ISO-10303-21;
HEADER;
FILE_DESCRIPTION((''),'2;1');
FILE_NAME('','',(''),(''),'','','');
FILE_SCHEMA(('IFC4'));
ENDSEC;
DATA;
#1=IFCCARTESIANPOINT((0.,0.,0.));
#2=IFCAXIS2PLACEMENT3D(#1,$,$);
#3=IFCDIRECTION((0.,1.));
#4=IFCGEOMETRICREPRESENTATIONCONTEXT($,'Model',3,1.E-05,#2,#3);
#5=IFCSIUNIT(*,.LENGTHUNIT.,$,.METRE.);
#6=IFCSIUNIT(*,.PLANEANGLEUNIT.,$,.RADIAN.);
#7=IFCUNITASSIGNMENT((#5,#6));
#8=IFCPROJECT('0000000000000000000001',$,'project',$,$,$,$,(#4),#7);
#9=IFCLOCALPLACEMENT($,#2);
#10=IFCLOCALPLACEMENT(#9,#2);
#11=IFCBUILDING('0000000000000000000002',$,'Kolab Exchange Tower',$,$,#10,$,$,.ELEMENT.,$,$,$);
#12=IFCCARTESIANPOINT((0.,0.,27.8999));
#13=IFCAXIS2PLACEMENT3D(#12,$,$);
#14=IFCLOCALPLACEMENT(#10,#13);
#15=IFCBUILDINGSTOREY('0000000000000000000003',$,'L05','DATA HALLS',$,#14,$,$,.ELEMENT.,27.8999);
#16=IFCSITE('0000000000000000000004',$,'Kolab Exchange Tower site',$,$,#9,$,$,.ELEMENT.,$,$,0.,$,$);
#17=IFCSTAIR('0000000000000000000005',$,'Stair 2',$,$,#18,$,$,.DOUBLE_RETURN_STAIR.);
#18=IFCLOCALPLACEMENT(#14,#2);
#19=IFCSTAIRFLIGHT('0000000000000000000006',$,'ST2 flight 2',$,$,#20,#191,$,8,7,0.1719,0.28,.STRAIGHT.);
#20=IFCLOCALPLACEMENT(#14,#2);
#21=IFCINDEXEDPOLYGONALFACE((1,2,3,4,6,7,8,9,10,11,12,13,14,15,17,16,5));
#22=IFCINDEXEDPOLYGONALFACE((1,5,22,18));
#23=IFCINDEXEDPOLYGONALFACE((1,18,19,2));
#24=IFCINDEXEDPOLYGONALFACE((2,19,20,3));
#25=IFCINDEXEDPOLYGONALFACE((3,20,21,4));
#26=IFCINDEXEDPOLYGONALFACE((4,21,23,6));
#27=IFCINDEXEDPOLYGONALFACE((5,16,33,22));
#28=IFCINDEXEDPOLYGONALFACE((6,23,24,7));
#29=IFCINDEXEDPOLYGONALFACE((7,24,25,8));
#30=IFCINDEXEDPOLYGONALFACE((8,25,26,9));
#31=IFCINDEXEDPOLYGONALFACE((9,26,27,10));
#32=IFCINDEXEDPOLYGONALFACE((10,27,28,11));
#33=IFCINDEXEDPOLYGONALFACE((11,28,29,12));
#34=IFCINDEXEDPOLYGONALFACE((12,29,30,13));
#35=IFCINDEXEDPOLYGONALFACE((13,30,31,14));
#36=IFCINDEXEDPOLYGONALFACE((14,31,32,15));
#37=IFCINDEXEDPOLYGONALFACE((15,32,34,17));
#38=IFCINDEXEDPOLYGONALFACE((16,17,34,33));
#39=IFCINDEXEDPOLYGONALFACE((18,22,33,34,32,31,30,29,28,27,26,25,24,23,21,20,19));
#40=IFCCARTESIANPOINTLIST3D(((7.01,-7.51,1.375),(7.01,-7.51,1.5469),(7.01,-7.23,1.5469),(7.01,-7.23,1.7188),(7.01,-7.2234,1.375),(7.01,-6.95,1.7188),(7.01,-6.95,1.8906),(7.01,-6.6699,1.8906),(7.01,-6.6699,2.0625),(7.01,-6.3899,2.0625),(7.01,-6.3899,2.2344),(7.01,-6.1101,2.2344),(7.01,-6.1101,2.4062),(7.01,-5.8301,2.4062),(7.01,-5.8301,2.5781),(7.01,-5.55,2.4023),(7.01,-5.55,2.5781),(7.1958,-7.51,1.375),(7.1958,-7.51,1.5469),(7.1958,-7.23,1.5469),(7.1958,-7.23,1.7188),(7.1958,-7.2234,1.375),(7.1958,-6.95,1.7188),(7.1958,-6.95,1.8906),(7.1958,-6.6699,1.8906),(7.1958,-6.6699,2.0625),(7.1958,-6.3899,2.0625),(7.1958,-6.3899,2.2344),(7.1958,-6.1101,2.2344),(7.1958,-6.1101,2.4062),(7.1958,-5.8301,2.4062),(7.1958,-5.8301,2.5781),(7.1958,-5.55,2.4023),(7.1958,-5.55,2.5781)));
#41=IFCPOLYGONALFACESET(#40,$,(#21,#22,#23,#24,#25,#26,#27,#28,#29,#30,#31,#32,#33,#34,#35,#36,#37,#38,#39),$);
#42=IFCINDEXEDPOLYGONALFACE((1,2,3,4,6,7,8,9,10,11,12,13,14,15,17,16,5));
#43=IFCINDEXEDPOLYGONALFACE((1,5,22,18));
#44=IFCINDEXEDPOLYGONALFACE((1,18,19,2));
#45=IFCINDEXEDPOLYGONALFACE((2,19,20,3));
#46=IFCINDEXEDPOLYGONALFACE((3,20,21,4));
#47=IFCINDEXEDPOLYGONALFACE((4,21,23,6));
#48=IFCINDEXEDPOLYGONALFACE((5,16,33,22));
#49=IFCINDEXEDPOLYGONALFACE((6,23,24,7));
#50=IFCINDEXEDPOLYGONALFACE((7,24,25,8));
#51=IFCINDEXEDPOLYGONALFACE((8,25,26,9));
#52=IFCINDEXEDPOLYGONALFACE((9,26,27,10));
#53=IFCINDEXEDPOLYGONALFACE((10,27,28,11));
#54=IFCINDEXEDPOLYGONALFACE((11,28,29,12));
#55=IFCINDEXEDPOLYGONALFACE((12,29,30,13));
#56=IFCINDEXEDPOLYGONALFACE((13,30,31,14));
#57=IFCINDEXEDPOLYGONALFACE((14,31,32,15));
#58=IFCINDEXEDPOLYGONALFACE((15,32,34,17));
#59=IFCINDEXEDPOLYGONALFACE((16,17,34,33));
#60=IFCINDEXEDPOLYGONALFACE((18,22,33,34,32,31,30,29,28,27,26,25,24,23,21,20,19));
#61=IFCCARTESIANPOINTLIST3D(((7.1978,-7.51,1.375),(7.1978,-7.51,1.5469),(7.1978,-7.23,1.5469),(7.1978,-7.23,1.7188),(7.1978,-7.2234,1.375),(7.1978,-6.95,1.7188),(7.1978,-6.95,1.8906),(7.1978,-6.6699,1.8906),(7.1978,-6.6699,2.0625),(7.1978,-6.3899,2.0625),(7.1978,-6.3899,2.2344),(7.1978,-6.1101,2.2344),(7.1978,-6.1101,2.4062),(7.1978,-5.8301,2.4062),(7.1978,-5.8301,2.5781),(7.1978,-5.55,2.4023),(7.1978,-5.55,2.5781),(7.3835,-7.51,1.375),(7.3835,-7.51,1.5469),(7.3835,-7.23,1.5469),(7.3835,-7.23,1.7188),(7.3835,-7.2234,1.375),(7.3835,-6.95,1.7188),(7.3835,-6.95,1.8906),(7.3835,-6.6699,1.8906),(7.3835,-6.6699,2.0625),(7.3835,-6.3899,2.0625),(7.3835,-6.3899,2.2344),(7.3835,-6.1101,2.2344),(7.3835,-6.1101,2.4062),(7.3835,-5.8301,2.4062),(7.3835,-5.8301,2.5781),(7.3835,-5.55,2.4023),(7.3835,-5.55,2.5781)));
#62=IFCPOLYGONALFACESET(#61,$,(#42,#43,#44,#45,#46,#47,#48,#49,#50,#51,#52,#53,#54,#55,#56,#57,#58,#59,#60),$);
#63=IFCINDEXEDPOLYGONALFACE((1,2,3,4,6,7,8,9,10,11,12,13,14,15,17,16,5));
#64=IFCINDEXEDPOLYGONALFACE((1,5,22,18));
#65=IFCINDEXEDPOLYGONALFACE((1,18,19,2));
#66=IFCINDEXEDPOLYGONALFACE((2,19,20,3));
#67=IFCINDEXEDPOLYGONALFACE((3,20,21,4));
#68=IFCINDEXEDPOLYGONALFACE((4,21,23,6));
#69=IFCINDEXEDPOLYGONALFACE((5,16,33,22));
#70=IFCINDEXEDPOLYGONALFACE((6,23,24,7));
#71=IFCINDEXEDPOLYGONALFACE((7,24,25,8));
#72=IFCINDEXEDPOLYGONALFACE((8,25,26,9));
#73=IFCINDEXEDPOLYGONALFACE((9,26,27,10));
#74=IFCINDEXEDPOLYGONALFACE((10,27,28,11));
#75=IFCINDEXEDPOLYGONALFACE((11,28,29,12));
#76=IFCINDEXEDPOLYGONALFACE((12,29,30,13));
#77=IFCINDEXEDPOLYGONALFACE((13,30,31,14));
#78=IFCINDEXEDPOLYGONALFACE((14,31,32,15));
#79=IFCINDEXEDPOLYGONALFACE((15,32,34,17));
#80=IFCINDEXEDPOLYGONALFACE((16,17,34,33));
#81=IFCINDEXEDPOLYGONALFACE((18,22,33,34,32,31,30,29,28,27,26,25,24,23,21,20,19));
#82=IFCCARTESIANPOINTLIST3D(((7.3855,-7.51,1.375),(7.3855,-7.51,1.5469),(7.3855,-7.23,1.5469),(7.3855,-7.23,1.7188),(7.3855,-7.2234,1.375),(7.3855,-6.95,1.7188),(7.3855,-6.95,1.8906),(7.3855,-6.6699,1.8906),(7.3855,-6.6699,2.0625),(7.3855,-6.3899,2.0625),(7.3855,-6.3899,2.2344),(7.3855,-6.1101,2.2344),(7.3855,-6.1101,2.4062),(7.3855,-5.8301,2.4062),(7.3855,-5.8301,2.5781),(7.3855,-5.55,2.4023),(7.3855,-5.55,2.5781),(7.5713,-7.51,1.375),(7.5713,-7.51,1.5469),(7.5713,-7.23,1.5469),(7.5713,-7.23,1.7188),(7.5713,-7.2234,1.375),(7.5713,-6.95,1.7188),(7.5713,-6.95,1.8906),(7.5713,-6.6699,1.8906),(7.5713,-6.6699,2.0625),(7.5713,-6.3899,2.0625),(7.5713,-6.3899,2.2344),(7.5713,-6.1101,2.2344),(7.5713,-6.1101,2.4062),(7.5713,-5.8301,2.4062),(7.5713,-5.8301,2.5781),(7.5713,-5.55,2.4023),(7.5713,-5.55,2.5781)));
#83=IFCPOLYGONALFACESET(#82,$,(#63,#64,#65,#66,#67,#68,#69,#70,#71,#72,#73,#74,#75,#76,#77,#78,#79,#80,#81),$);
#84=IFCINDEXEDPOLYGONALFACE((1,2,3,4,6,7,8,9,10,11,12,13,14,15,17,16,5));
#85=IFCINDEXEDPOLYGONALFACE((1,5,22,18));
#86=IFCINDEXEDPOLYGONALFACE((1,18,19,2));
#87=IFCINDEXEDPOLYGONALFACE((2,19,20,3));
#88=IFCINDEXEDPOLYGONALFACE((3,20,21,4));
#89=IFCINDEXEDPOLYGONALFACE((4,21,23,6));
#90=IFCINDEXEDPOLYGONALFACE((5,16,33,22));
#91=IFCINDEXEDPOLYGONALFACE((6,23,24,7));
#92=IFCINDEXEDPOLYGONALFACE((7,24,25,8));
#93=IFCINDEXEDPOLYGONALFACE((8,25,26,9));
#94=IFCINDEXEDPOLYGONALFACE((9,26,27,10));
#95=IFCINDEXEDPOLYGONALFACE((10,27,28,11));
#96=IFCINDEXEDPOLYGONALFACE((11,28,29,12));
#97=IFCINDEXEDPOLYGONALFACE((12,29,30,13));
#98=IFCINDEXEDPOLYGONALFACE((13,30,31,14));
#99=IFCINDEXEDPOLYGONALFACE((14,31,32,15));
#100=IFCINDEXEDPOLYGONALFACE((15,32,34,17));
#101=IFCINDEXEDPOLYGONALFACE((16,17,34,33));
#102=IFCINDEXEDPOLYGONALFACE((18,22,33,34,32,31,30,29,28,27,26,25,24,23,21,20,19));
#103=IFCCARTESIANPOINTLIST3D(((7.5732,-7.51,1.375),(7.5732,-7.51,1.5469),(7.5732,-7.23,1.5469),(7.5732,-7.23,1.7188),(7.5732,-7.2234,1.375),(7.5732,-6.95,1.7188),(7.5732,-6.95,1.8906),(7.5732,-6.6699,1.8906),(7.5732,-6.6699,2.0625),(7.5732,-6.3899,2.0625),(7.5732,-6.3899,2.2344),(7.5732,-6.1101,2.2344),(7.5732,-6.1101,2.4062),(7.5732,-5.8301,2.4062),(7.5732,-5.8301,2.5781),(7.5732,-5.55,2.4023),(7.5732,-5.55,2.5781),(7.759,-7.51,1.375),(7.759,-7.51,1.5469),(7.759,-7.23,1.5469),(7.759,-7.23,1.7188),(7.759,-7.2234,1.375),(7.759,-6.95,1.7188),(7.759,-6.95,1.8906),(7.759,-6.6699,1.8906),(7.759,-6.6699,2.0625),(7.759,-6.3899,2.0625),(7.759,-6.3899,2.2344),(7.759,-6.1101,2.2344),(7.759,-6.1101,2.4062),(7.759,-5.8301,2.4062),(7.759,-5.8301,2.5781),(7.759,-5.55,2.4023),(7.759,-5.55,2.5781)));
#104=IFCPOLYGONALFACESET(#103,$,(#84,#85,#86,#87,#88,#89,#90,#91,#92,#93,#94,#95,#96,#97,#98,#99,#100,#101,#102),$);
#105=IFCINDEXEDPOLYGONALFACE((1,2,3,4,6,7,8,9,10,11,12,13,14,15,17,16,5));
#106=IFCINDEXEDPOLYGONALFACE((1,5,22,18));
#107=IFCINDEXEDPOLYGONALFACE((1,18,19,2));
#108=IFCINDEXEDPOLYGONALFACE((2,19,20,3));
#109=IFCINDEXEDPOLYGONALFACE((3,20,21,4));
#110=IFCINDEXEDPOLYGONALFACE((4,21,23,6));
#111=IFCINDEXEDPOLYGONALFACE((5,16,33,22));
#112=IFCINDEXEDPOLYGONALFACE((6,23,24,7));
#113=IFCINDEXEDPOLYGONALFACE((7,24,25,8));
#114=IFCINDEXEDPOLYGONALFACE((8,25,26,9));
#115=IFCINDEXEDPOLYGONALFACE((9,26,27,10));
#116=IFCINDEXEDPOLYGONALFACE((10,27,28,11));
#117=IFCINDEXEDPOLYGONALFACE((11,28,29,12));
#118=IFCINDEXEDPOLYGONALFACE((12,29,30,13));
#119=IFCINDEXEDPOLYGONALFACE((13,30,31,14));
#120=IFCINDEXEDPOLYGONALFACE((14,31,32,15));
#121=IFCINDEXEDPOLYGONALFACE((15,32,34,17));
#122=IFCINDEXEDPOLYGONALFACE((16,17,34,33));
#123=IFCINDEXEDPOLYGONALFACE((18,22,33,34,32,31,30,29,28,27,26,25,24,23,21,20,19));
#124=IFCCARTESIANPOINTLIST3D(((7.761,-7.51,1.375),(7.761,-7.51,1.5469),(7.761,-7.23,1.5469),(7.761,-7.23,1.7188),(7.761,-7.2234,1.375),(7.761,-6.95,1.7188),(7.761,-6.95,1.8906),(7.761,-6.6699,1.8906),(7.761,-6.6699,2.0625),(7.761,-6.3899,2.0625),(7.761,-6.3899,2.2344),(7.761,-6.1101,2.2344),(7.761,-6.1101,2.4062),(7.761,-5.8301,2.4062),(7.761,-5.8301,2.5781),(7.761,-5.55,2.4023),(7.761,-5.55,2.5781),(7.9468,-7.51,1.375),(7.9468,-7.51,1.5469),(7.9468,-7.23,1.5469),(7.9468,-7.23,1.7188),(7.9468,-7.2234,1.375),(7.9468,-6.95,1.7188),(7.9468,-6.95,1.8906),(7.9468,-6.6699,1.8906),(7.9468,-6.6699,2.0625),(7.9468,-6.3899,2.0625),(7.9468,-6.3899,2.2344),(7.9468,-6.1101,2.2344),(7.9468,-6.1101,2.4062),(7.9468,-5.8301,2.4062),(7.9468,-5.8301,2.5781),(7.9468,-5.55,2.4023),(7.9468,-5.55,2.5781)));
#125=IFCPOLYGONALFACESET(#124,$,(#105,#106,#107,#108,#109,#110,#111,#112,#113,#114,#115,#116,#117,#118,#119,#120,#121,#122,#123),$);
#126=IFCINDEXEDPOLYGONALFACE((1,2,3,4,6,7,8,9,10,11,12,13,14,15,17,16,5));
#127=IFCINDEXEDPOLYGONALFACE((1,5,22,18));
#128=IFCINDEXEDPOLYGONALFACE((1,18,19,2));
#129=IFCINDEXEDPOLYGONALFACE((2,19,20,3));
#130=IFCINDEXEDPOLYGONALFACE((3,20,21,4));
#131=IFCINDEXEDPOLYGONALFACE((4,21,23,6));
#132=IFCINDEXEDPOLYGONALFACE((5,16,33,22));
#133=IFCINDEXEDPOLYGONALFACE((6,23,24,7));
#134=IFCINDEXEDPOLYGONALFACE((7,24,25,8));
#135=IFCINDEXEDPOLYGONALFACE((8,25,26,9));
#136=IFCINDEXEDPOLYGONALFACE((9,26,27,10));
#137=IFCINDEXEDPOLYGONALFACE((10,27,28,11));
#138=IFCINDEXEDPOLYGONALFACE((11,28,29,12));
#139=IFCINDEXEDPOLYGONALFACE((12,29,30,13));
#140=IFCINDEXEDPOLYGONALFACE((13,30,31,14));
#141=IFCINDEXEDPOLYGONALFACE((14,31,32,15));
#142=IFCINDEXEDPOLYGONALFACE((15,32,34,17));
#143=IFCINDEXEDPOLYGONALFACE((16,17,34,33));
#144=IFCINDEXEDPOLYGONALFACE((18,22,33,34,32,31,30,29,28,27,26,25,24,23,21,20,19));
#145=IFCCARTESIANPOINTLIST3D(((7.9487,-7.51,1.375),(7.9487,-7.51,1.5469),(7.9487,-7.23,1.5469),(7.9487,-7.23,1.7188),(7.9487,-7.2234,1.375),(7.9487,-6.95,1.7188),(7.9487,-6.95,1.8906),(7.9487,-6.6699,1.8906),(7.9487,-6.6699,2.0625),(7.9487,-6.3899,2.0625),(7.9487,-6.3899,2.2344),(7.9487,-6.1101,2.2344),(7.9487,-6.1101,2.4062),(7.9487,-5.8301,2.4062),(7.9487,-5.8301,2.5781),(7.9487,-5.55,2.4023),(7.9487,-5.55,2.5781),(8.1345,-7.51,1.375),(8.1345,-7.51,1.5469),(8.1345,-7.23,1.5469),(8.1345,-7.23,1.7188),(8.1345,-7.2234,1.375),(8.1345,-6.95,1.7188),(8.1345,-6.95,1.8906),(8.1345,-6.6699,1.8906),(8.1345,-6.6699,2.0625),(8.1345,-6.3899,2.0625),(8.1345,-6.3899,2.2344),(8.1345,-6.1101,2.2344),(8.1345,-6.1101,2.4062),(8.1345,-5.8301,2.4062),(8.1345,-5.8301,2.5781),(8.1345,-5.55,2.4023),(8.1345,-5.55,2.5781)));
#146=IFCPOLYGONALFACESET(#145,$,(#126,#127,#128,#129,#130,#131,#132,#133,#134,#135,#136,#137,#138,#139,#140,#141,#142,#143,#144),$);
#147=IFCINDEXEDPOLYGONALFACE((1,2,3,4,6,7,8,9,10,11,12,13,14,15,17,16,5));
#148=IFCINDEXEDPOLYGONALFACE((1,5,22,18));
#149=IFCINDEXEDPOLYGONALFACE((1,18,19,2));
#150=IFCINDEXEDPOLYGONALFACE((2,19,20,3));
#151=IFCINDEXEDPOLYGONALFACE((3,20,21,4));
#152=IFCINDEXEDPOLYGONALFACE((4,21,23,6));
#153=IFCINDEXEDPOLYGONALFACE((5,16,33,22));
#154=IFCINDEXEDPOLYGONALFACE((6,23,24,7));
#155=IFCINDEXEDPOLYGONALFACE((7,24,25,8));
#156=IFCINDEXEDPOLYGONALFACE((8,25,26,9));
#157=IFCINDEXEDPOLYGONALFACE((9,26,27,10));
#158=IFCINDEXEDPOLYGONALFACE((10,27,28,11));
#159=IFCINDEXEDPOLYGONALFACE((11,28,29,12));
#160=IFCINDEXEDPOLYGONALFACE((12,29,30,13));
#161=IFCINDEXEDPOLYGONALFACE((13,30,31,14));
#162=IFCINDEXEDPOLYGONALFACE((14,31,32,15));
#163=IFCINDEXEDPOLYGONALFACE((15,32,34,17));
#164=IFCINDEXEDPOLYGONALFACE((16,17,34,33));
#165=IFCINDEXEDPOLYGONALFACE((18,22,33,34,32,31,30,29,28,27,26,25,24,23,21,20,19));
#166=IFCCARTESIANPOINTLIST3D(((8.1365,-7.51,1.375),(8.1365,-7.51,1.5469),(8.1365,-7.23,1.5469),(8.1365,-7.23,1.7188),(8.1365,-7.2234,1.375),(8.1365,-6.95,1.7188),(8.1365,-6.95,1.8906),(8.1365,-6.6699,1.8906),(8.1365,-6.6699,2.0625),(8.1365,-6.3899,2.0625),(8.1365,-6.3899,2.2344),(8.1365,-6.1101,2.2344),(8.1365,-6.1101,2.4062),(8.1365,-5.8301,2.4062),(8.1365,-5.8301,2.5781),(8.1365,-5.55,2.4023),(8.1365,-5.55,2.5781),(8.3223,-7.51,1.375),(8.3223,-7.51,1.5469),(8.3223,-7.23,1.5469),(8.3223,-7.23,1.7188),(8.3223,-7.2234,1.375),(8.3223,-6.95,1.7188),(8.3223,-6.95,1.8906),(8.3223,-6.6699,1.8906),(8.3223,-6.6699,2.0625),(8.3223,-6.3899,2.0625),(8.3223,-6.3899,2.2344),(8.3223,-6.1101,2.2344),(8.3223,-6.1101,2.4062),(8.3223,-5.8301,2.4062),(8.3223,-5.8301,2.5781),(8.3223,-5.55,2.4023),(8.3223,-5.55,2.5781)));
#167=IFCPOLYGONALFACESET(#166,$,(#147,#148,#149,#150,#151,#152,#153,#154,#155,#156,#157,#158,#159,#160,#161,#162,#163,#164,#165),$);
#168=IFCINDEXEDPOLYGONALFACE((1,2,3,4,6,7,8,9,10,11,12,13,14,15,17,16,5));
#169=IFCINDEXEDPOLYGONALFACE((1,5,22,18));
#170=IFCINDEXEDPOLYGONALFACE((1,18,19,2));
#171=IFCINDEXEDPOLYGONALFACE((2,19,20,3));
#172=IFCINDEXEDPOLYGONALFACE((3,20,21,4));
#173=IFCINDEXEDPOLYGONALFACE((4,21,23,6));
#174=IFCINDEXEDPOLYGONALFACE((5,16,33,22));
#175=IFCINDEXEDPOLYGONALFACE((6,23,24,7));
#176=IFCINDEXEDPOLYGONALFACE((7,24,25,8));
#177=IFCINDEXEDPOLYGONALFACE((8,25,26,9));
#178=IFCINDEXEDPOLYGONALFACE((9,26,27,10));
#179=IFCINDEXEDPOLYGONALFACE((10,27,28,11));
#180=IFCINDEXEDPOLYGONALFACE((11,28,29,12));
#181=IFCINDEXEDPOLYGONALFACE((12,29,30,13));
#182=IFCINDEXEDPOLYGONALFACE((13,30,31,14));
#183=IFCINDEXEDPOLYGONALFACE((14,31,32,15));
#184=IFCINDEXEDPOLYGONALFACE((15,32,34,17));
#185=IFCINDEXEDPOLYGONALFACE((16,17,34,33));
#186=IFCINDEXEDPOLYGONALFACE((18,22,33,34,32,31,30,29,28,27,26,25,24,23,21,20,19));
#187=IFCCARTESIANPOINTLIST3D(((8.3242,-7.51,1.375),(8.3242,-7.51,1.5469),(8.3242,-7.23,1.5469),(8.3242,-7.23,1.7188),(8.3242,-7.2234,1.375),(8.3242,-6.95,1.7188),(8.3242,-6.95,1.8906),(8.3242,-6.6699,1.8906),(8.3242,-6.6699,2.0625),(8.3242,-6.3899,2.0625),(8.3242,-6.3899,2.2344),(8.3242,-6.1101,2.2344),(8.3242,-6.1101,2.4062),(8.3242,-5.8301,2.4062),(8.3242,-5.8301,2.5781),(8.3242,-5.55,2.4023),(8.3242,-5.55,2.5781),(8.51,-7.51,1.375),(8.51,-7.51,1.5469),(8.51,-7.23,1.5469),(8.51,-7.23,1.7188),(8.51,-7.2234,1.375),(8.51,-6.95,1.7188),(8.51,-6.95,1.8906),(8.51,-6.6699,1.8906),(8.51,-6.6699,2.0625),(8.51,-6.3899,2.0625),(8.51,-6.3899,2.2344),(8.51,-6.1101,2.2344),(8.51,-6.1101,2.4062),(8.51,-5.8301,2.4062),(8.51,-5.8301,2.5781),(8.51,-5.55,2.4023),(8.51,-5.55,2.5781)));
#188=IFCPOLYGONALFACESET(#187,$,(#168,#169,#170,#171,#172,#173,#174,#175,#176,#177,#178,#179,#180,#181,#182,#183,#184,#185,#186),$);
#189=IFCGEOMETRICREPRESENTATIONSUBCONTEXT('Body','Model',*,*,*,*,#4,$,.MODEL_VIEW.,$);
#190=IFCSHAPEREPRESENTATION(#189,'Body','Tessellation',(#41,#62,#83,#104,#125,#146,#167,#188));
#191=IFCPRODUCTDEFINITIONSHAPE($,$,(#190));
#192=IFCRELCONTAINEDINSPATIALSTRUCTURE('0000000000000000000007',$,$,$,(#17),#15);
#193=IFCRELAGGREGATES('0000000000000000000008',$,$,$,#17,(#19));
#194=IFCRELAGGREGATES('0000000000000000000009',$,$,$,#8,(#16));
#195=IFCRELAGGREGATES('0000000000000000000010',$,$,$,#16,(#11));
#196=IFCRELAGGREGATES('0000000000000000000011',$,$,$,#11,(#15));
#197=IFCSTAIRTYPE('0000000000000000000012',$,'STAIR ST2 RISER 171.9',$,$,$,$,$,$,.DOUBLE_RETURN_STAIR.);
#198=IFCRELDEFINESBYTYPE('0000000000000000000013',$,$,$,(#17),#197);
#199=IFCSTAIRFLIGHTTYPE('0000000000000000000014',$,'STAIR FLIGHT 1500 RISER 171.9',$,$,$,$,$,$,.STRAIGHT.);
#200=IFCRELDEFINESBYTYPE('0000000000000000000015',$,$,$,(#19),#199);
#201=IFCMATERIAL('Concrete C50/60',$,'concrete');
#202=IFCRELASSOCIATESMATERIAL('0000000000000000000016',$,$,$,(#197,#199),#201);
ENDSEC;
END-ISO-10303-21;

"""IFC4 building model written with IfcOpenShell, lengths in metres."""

from ifc_helpers import new_model, si_unit, direction, frame, origin, place, context, subcontext, project, spatial, polyline, outline, extrude, material, type_object, element, aggregate, save


model = new_model("IFC4")

# Units and contexts
model_context = context("Model", 3, precision=1e-05, world=origin(), true_north=direction((0.0, 1.0)))
body_context = subcontext(model_context, "Body", "Model", "MODEL_VIEW")
ifc_project = project(units=[si_unit("LENGTHUNIT", "METRE"), si_unit("PLANEANGLEUNIT", "RADIAN")], contexts=[model_context])

# Site, building, storey
site_placement = place(None, origin())
site = spatial("IfcSite", under=ifc_project, at=site_placement, Name="Kolab Exchange Tower site", CompositionType="ELEMENT", RefElevation=0.0)
building_placement = place(site_placement, origin())
building = spatial("IfcBuilding", under=site, at=building_placement, Name="Kolab Exchange Tower", CompositionType="ELEMENT")
storey_placement = place(building_placement, frame((0.0, 0.0, 27.8999)))
storey = spatial("IfcBuildingStorey", under=building, at=storey_placement, Name="L05", Description="DATA HALLS", CompositionType="ELEMENT", Elevation=27.8999)

# Shared definitions
ifc_material_1 = material(Name="Concrete C50/60", Category="concrete")

# Stair, stair flight
stair_type_1 = type_object("IfcStairType", Name="STAIR ST2 RISER 171.9", PredefinedType="DOUBLE_RETURN_STAIR", material=ifc_material_1)
stair_1_placement = place(storey_placement, origin())
stair_1 = element("IfcStair", 1, at=stair_1_placement, inside=storey, type_object=stair_type_1, Name="Stair 2", PredefinedType="DOUBLE_RETURN_STAIR")
stair_flight_type = type_object("IfcStairFlightType", Name="STAIR FLIGHT 1500 RISER 171.9", PredefinedType="STRAIGHT", material=ifc_material_1)
stair_flight_1_placement = place(storey_placement, frame((7.76, -7.51, 1.375), z_axis=(0.0, 0.0, 1.0), x_axis=(0.0, 1.0, 0.0)))
stair_flight_1 = element("IfcStairFlight", 2, at=stair_flight_1_placement, type_object=stair_flight_type, Name="ST2 flight 2", NumberOfRisers=8, NumberOfTreads=7, PredefinedType="STRAIGHT", RiserHeight=0.1719, TreadLength=0.28, context=body_context, shape_type="SweptSolid", body=[
    extrude(outline(polyline([(0.0, 0.0), (0.0, 0.1719), (0.28, 0.1719), (0.28, 0.3438), (0.5601, 0.3438), (0.5601, 0.5156), (0.8401, 0.5156), (0.8401, 0.6875), (1.1201, 0.6875), (1.1201, 0.8594), (1.3999, 0.8594), (1.3999, 1.0312), (1.6799, 1.0312), (1.6799, 1.2031), (1.96, 1.2031), (1.96, 1.375), (1.96, 1.0273), (0.2866, 0.0), (0.0, 0.0)])), frame((0.0, 0.75, 0.0), z_axis=(0.0, -1.0, 0.0), x_axis=(1.0, 0.0, 0.0)), (0.0, 0.0, 1.0), 0.1858),
    extrude(outline(polyline([(0.0, 0.0), (0.0, 0.1719), (0.28, 0.1719), (0.28, 0.3438), (0.5601, 0.3438), (0.5601, 0.5156), (0.8401, 0.5156), (0.8401, 0.6875), (1.1201, 0.6875), (1.1201, 0.8594), (1.3999, 0.8594), (1.3999, 1.0312), (1.6799, 1.0312), (1.6799, 1.2031), (1.96, 1.2031), (1.96, 1.375), (1.96, 1.0273), (0.2866, 0.0), (0.0, 0.0)])), frame((0.0, 0.5623, 0.0), z_axis=(0.0, -1.0, 0.0), x_axis=(1.0, 0.0, 0.0)), (0.0, 0.0, 1.0), 0.1858),
    extrude(outline(polyline([(0.0, 0.0), (0.0, 0.1719), (0.28, 0.1719), (0.28, 0.3438), (0.5601, 0.3438), (0.5601, 0.5156), (0.8401, 0.5156), (0.8401, 0.6875), (1.1201, 0.6875), (1.1201, 0.8594), (1.3999, 0.8594), (1.3999, 1.0312), (1.6799, 1.0312), (1.6799, 1.2031), (1.96, 1.2031), (1.96, 1.375), (1.96, 1.0273), (0.2866, 0.0), (0.0, 0.0)])), frame((0.0, 0.3745, 0.0), z_axis=(0.0, -1.0, 0.0), x_axis=(1.0, 0.0, 0.0)), (0.0, 0.0, 1.0), 0.1858),
    extrude(outline(polyline([(0.0, 0.0), (0.0, 0.1719), (0.28, 0.1719), (0.28, 0.3438), (0.5601, 0.3438), (0.5601, 0.5156), (0.8401, 0.5156), (0.8401, 0.6875), (1.1201, 0.6875), (1.1201, 0.8594), (1.3999, 0.8594), (1.3999, 1.0312), (1.6799, 1.0312), (1.6799, 1.2031), (1.96, 1.2031), (1.96, 1.375), (1.96, 1.0273), (0.2866, 0.0), (0.0, 0.0)])), frame((0.0, 0.1868, 0.0), z_axis=(0.0, -1.0, 0.0), x_axis=(1.0, 0.0, 0.0)), (0.0, 0.0, 1.0), 0.1858),
    extrude(outline(polyline([(0.0, 0.0), (0.0, 0.1719), (0.28, 0.1719), (0.28, 0.3438), (0.5601, 0.3438), (0.5601, 0.5156), (0.8401, 0.5156), (0.8401, 0.6875), (1.1201, 0.6875), (1.1201, 0.8594), (1.3999, 0.8594), (1.3999, 1.0312), (1.6799, 1.0312), (1.6799, 1.2031), (1.96, 1.2031), (1.96, 1.375), (1.96, 1.0273), (0.2866, 0.0), (0.0, 0.0)])), frame((0.0, -0.001, 0.0), z_axis=(0.0, -1.0, 0.0), x_axis=(1.0, 0.0, 0.0)), (0.0, 0.0, 1.0), 0.1858),
    extrude(outline(polyline([(0.0, 0.0), (0.0, 0.1719), (0.28, 0.1719), (0.28, 0.3438), (0.5601, 0.3438), (0.5601, 0.5156), (0.8401, 0.5156), (0.8401, 0.6875), (1.1201, 0.6875), (1.1201, 0.8594), (1.3999, 0.8594), (1.3999, 1.0312), (1.6799, 1.0312), (1.6799, 1.2031), (1.96, 1.2031), (1.96, 1.375), (1.96, 1.0273), (0.2866, 0.0), (0.0, 0.0)])), frame((0.0, -0.1887, 0.0), z_axis=(0.0, -1.0, 0.0), x_axis=(1.0, 0.0, 0.0)), (0.0, 0.0, 1.0), 0.1858),
    extrude(outline(polyline([(0.0, 0.0), (0.0, 0.1719), (0.28, 0.1719), (0.28, 0.3438), (0.5601, 0.3438), (0.5601, 0.5156), (0.8401, 0.5156), (0.8401, 0.6875), (1.1201, 0.6875), (1.1201, 0.8594), (1.3999, 0.8594), (1.3999, 1.0312), (1.6799, 1.0312), (1.6799, 1.2031), (1.96, 1.2031), (1.96, 1.375), (1.96, 1.0273), (0.2866, 0.0), (0.0, 0.0)])), frame((0.0, -0.3765, 0.0), z_axis=(0.0, -1.0, 0.0), x_axis=(1.0, 0.0, 0.0)), (0.0, 0.0, 1.0), 0.1858),
    extrude(outline(polyline([(0.0, 0.0), (0.0, 0.1719), (0.28, 0.1719), (0.28, 0.3438), (0.5601, 0.3438), (0.5601, 0.5156), (0.8401, 0.5156), (0.8401, 0.6875), (1.1201, 0.6875), (1.1201, 0.8594), (1.3999, 0.8594), (1.3999, 1.0312), (1.6799, 1.0312), (1.6799, 1.2031), (1.96, 1.2031), (1.96, 1.375), (1.96, 1.0273), (0.2866, 0.0), (0.0, 0.0)])), frame((0.0, -0.5642, 0.0), z_axis=(0.0, -1.0, 0.0), x_axis=(1.0, 0.0, 0.0)), (0.0, 0.0, 1.0), 0.1858),
])
aggregate(stair_1, [stair_flight_1])

save(model, "model.ifc")
